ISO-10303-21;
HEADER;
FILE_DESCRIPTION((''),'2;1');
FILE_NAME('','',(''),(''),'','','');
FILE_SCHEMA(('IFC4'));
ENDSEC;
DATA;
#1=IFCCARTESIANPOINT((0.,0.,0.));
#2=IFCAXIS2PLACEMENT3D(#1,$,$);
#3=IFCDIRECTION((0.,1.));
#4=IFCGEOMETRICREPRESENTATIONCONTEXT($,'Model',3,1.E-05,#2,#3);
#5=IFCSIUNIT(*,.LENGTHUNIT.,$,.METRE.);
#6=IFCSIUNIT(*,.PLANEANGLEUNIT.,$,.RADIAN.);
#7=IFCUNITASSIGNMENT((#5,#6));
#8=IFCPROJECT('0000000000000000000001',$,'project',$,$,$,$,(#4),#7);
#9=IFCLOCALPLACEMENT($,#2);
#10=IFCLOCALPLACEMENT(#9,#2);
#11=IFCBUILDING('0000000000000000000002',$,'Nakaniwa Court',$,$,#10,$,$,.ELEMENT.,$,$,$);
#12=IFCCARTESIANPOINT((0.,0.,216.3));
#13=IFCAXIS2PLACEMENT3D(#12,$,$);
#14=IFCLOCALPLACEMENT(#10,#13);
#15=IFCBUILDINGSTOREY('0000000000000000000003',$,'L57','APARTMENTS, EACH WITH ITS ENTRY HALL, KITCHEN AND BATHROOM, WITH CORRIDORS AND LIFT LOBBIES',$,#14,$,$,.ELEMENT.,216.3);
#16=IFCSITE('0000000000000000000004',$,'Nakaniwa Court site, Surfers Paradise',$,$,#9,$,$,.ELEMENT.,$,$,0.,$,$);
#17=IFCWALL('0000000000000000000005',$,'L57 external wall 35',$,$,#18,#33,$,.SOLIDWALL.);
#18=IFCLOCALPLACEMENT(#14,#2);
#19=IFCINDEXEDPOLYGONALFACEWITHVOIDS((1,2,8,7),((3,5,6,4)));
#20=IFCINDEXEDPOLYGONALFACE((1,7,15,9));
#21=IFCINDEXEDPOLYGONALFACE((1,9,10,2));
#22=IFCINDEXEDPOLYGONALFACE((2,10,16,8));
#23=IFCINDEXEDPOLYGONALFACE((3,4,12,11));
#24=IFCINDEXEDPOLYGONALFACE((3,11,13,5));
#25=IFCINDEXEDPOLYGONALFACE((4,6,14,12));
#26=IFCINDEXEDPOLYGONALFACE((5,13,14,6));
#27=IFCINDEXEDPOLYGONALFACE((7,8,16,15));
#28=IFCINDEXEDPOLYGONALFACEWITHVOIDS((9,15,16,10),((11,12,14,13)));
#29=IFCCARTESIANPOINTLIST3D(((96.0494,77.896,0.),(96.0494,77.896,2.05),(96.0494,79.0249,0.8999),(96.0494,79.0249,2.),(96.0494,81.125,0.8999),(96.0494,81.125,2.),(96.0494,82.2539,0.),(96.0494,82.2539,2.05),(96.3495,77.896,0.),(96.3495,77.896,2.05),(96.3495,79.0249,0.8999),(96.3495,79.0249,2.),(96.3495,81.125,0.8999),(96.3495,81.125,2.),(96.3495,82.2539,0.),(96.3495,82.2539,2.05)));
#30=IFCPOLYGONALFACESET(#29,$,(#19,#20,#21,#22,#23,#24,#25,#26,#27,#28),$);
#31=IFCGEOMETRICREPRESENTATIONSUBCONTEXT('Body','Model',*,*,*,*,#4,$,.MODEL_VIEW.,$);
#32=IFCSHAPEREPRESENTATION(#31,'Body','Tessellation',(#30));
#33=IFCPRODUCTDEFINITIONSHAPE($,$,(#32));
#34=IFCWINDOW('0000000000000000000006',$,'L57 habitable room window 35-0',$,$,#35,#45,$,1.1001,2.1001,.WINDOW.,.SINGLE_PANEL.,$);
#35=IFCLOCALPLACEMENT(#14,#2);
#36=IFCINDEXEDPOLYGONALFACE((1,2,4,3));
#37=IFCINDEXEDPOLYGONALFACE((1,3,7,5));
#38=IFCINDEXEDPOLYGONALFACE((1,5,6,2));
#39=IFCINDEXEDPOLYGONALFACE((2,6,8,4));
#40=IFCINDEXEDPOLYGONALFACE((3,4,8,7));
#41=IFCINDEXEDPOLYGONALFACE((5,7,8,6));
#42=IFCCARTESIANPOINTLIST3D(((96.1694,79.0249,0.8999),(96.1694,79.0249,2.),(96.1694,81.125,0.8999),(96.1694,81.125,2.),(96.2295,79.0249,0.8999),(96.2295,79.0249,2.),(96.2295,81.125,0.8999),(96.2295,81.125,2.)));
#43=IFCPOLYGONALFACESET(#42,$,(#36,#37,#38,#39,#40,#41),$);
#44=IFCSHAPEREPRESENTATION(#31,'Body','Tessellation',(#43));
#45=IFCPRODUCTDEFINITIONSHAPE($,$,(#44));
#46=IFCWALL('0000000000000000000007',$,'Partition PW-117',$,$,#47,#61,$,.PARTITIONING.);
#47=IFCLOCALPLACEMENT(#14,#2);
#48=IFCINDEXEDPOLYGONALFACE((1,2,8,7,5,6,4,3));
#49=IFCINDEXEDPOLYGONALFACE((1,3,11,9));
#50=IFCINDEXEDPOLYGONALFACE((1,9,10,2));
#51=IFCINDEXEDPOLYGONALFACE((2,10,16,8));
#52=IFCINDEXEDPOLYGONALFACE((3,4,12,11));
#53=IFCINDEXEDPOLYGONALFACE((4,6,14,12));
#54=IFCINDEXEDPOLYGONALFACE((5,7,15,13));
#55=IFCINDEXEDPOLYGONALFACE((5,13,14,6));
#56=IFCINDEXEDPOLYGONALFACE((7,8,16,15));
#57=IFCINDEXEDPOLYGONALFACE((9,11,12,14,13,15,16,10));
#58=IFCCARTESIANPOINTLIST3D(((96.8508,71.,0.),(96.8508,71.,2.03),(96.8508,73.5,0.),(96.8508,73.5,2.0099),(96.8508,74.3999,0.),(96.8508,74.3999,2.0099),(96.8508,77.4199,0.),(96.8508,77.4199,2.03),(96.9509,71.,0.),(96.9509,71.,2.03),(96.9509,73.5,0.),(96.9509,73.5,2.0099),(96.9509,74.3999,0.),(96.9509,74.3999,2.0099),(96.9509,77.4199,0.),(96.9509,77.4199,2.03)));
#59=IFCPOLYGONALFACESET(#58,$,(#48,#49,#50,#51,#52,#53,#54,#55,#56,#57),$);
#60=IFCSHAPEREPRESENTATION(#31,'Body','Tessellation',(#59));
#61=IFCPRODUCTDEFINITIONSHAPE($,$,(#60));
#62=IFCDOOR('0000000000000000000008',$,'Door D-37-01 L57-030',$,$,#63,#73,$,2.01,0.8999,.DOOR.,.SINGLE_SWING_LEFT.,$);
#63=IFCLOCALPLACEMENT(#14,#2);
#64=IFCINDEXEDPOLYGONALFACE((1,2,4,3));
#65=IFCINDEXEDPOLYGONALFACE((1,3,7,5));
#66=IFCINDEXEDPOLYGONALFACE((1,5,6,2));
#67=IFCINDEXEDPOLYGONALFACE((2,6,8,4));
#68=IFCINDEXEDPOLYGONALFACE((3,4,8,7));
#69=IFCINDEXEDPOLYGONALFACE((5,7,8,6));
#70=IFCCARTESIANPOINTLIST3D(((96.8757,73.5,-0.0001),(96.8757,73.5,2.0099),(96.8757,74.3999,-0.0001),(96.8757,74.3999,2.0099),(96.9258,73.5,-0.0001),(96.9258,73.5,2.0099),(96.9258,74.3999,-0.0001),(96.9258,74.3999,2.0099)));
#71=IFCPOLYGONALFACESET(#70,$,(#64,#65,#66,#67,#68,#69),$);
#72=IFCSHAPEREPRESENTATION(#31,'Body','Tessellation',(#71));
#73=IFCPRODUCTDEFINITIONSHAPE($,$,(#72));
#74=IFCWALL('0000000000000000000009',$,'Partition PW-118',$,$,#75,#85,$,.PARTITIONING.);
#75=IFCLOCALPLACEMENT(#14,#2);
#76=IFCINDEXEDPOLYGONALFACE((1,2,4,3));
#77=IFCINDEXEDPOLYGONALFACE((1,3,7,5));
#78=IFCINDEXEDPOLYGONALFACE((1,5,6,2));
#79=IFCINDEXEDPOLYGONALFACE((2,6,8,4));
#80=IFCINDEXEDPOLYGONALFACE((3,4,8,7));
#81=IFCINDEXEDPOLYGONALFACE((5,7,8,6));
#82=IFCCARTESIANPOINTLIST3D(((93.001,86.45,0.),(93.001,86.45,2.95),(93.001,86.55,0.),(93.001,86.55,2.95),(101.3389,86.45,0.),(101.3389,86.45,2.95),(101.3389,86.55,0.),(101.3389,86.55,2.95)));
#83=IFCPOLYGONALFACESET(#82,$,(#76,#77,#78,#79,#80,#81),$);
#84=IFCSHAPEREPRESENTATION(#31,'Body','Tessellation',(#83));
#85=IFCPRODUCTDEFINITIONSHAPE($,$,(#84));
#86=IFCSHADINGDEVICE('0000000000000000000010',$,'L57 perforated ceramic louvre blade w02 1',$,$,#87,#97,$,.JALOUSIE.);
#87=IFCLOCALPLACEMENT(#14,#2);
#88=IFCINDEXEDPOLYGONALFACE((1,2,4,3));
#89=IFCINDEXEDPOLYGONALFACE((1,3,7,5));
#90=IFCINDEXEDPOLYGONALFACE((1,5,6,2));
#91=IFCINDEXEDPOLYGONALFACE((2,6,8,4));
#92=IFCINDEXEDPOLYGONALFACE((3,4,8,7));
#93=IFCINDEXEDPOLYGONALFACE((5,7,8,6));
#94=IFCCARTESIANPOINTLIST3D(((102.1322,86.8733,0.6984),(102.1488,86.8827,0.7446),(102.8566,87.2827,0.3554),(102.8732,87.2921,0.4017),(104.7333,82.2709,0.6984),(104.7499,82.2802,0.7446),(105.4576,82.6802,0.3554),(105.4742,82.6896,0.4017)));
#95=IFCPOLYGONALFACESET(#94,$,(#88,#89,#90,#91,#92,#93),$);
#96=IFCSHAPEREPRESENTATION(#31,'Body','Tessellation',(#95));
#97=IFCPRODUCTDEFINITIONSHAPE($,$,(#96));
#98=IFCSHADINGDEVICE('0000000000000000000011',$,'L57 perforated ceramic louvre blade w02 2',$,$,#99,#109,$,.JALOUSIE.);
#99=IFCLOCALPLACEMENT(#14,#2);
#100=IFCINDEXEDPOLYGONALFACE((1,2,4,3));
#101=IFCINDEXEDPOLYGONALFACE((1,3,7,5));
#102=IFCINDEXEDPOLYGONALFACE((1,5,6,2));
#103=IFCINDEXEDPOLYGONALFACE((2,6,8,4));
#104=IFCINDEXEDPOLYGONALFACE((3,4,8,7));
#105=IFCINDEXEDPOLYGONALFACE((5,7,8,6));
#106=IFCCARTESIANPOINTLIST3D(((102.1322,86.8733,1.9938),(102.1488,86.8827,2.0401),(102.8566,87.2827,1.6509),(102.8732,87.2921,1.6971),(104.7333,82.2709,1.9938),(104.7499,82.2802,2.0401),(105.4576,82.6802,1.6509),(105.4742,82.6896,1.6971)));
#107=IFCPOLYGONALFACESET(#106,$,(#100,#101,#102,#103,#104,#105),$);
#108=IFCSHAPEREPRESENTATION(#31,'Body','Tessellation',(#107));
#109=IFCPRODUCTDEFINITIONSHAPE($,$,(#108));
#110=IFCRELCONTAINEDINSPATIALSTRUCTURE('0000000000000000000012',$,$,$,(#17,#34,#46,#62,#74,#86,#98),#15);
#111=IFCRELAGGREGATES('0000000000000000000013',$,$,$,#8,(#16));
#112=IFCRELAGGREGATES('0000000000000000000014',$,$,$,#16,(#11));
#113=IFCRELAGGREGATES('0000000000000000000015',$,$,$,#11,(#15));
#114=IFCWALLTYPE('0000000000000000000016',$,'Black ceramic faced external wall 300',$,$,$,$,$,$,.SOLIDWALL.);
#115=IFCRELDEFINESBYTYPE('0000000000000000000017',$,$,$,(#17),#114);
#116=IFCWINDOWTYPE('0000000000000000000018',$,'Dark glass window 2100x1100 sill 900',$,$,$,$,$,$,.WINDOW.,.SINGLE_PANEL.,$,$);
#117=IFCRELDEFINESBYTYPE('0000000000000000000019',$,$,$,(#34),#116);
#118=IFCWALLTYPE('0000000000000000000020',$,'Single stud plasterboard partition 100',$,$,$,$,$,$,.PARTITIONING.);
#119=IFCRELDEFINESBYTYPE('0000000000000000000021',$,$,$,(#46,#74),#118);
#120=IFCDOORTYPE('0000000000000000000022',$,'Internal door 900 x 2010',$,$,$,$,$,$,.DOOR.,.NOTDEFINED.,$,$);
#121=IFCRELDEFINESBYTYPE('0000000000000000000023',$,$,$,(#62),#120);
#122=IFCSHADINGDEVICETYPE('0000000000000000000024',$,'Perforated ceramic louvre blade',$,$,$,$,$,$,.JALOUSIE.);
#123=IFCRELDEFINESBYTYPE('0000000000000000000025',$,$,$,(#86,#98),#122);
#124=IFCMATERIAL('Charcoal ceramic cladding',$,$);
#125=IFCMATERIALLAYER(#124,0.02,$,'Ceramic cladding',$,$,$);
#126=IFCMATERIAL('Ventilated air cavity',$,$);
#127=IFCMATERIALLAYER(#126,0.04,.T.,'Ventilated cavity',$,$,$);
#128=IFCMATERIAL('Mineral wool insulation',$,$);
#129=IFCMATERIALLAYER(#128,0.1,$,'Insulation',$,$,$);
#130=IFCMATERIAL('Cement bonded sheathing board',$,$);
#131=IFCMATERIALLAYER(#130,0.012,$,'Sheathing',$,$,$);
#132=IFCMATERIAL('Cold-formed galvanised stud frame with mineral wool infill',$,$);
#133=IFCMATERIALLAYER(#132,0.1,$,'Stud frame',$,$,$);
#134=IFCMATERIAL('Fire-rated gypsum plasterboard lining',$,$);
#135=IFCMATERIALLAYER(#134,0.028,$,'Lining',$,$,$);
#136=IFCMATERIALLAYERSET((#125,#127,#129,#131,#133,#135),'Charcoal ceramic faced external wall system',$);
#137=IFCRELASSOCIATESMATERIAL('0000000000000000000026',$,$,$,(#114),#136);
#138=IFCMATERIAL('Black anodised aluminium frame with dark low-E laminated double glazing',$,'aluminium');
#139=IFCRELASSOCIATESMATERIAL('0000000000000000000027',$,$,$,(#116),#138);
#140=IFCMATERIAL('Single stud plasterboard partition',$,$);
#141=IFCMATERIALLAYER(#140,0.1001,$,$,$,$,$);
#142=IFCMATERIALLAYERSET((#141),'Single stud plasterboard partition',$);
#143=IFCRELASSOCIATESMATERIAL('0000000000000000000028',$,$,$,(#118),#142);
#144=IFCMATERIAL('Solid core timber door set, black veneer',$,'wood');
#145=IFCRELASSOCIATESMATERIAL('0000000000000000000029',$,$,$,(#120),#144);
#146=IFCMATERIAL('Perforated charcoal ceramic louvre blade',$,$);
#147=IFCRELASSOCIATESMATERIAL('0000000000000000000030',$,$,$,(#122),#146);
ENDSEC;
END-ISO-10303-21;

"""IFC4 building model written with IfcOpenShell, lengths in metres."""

from ifc_helpers import new_model, si_unit, direction, frame, frame_2d, origin, origin_2d, place, context, subcontext, project, spatial, rectangle, extrude, material, layer, layer_set, material_profile, profile_set, type_object, element, fill, save


model = new_model("IFC4")

# Units and contexts
model_context = context("Model", 3, precision=1e-05, world=origin(), true_north=direction((0.0, 1.0)))
body_context = subcontext(model_context, "Body", "Model", "MODEL_VIEW")
ifc_project = project(units=[si_unit("LENGTHUNIT", "METRE"), si_unit("PLANEANGLEUNIT", "RADIAN")], contexts=[model_context])

# Site, building, storey
site_placement = place(None, origin())
site = spatial("IfcSite", under=ifc_project, at=site_placement, Name="Nakaniwa Court site, Surfers Paradise", CompositionType="ELEMENT", RefElevation=0.0)
building_placement = place(site_placement, origin())
building = spatial("IfcBuilding", under=site, at=building_placement, Name="Nakaniwa Court", CompositionType="ELEMENT")
storey_placement = place(building_placement, frame((0.0, 0.0, 216.3)))
storey = spatial("IfcBuildingStorey", under=building, at=storey_placement, Name="L57", Description="APARTMENTS, EACH WITH ITS ENTRY HALL, KITCHEN AND BATHROOM, WITH CORRIDORS AND LIFT LOBBIES", CompositionType="ELEMENT", Elevation=216.3)

# Shared definitions
ifc_material_1 = material(Name="Solid core timber door set, black veneer", Category="wood")

# Shared definitions
ifc_material_2 = material(Name="Charcoal ceramic cladding")
ifc_layer_1 = layer(ifc_material_2, 0.02, Name="Ceramic cladding")
ifc_material_3 = material(Name="Ventilated air cavity")
ifc_layer_2 = layer(ifc_material_3, 0.04, ventilated=True, Name="Ventilated cavity")
ifc_material_4 = material(Name="Mineral wool insulation")
ifc_layer_3 = layer(ifc_material_4, 0.1, Name="Insulation")
ifc_material_5 = material(Name="Cement bonded sheathing board")
ifc_layer_4 = layer(ifc_material_5, 0.012, Name="Sheathing")
ifc_material_6 = material(Name="Cold-formed galvanised stud frame with mineral wool infill")
ifc_layer_5 = layer(ifc_material_6, 0.1, Name="Stud frame")
ifc_material_7 = material(Name="Fire-rated gypsum plasterboard lining")
ifc_layer_6 = layer(ifc_material_7, 0.028, Name="Lining")
ifc_layer_set_1 = layer_set([ifc_layer_1, ifc_layer_2, ifc_layer_3, ifc_layer_4, ifc_layer_5, ifc_layer_6], Name="Charcoal ceramic faced external wall system")
wall_type_1 = type_object("IfcWallType", Name="Black ceramic faced external wall 300", PredefinedType="SOLIDWALL", material=ifc_layer_set_1)
ifc_material_8 = material(Name="Black anodised aluminium frame with dark low-E laminated double glazing", Category="aluminium")
window_type_1 = type_object("IfcWindowType", Name="Dark glass window 2100x1100 sill 900", PartitioningType="SINGLE_PANEL", PredefinedType="WINDOW", material=ifc_material_8)

# Wall, opening, window
wall_1_placement = place(storey_placement, frame((96.1995, 77.896, 0.0), z_axis=(0.0, 0.0, 1.0), x_axis=(0.0, 1.0, 0.0)))
wall_1 = element("IfcWall", 1, at=wall_1_placement, inside=storey, type_object=wall_type_1, Name="L57 external wall 35", PredefinedType="SOLIDWALL", context=body_context, shape_type="SweptSolid", body=[
    extrude(rectangle(XDim=4.3579, YDim=0.3, at=frame_2d((2.179, 0.0))), origin(), (0.0, 0.0, 1.0), 2.05),
])
opening_1_placement = place(wall_1_placement, frame((1.1289, 0.0, 0.8999)))
opening_1 = element("IfcOpeningElement", 2, at=opening_1_placement, cuts=wall_1, PredefinedType="OPENING", context=body_context, shape_type="SweptSolid", body=[
    extrude(rectangle(XDim=2.1001, YDim=1.1001, at=frame_2d((1.05, 0.55))), frame((0.0, 0.1599, 0.0), z_axis=(0.0, -1.0, 0.0), x_axis=(1.0, 0.0, 0.0)), (0.0, 0.0, 1.0), 0.3201),
])
window_1_placement = place(opening_1_placement, origin())
window_1 = element("IfcWindow", 3, at=window_1_placement, inside=storey, type_object=window_type_1, Name="L57 habitable room window 35-0", OverallHeight=1.1001, OverallWidth=2.1001, PartitioningType="SINGLE_PANEL", PredefinedType="WINDOW", context=body_context, shape_type="SweptSolid", body=[
    extrude(rectangle(XDim=2.1001, YDim=1.1001, at=frame_2d((1.05, 0.55))), frame((0.0, 0.03, 0.0), z_axis=(0.0, -1.0, 0.0), x_axis=(1.0, 0.0, 0.0)), (0.0, 0.0, 1.0), 0.0601),
])
fill(opening_1, window_1)

# Wall, opening, door
ifc_material_9 = material(Name="Single stud plasterboard partition")
ifc_layer_7 = layer(ifc_material_9, 0.1001)
ifc_layer_set_2 = layer_set([ifc_layer_7], Name="Single stud plasterboard partition")
wall_type_2 = type_object("IfcWallType", Name="Single stud plasterboard partition 100", PredefinedType="PARTITIONING", material=ifc_layer_set_2)
wall_2_placement = place(storey_placement, frame((96.9009, 77.4199, 0.0), z_axis=(0.0, 0.0, 1.0), x_axis=(0.0, -1.0, 0.0)))
wall_2 = element("IfcWall", 4, at=wall_2_placement, inside=storey, type_object=wall_type_2, Name="Partition PW-117", PredefinedType="PARTITIONING", context=body_context, shape_type="SweptSolid", body=[
    extrude(rectangle(XDim=6.4199, YDim=0.1001, at=frame_2d((3.21, 0.0))), origin(), (0.0, 0.0, 1.0), 2.03),
])
opening_2_placement = place(wall_2_placement, frame((3.02, 0.0, 0.0)))
opening_2 = element("IfcOpeningElement", 5, at=opening_2_placement, cuts=wall_2, PredefinedType="OPENING", context=body_context, shape_type="SweptSolid", body=[
    extrude(rectangle(XDim=0.8999, YDim=2.01, at=frame_2d((0.45, 1.0049))), frame((0.0, 0.0601, 0.0), z_axis=(0.0, -1.0, 0.0), x_axis=(1.0, 0.0, 0.0)), (0.0, 0.0, 1.0), 0.1201),
])
door_type_1 = type_object("IfcDoorType", Name="Internal door 900 x 2010", OperationType="NOTDEFINED", PredefinedType="DOOR", material=ifc_material_1)
door_1_placement = place(opening_2_placement, origin())
door_1 = element("IfcDoor", 6, at=door_1_placement, inside=storey, type_object=door_type_1, Name="Door D-37-01 L57-030", OperationType="SINGLE_SWING_LEFT", OverallHeight=2.01, OverallWidth=0.8999, PredefinedType="DOOR", context=body_context, shape_type="SweptSolid", body=[
    extrude(rectangle(XDim=0.8999, YDim=2.01, at=frame_2d((0.45, 1.0049))), frame((0.0, 0.0249, 0.0), z_axis=(0.0, -1.0, 0.0), x_axis=(1.0, 0.0, 0.0)), (0.0, 0.0, 1.0), 0.05),
])
fill(opening_2, door_1)

# Wall
wall_3_placement = place(storey_placement, frame((93.001, 86.5, 0.0), z_axis=(0.0, 0.0, 1.0), x_axis=(1.0, 0.0, 0.0)))
element("IfcWall", 7, at=wall_3_placement, inside=storey, type_object=wall_type_2, Name="Partition PW-118", PredefinedType="PARTITIONING", context=body_context, shape_type="SweptSolid", body=[
    extrude(rectangle(XDim=8.3379, YDim=0.1001, at=frame_2d((4.1689, 0.0))), origin(), (0.0, 0.0, 1.0), 2.95),
])

# Shading devices
ifc_material_10 = material(Name="Perforated charcoal ceramic louvre blade")
ifc_material_profile_1 = material_profile(ifc_material_10, rectangle(XDim=0.8999, YDim=0.05, at=origin_2d()), Name="Perforated ceramic louvre blade")
ifc_profile_set_1 = profile_set([ifc_material_profile_1], Name="Perforated charcoal ceramic louvre blade")
shading_device_type = type_object("IfcShadingDeviceType", Name="Perforated ceramic louvre blade", PredefinedType="JALOUSIE", material=ifc_profile_set_1)
for number, where, z_axis, x_axis, name in (
    (8, (105.1038, 82.4802, 0.55), (-0.492006, 0.870592, 0.0), (-0.804902, -0.454882, 0.38107), "L57 perforated ceramic louvre blade w02 1"),
    (9, (105.1038, 82.4802, 1.8455), (-0.492006, 0.870592, 0.0), (-0.804902, -0.454882, 0.38107), "L57 perforated ceramic louvre blade w02 2"),
):
    element("IfcShadingDevice", number, at=place(storey_placement, frame(where, z_axis=z_axis, x_axis=x_axis)), inside=storey, type_object=shading_device_type, Name=name, PredefinedType="JALOUSIE", context=body_context, shape_type="SweptSolid", body=[
        extrude(rectangle(XDim=0.8999, YDim=0.05, at=origin_2d()), origin(), (0.0, 0.0, 1.0), 5.2866),
    ])

save(model, "model.ifc")
